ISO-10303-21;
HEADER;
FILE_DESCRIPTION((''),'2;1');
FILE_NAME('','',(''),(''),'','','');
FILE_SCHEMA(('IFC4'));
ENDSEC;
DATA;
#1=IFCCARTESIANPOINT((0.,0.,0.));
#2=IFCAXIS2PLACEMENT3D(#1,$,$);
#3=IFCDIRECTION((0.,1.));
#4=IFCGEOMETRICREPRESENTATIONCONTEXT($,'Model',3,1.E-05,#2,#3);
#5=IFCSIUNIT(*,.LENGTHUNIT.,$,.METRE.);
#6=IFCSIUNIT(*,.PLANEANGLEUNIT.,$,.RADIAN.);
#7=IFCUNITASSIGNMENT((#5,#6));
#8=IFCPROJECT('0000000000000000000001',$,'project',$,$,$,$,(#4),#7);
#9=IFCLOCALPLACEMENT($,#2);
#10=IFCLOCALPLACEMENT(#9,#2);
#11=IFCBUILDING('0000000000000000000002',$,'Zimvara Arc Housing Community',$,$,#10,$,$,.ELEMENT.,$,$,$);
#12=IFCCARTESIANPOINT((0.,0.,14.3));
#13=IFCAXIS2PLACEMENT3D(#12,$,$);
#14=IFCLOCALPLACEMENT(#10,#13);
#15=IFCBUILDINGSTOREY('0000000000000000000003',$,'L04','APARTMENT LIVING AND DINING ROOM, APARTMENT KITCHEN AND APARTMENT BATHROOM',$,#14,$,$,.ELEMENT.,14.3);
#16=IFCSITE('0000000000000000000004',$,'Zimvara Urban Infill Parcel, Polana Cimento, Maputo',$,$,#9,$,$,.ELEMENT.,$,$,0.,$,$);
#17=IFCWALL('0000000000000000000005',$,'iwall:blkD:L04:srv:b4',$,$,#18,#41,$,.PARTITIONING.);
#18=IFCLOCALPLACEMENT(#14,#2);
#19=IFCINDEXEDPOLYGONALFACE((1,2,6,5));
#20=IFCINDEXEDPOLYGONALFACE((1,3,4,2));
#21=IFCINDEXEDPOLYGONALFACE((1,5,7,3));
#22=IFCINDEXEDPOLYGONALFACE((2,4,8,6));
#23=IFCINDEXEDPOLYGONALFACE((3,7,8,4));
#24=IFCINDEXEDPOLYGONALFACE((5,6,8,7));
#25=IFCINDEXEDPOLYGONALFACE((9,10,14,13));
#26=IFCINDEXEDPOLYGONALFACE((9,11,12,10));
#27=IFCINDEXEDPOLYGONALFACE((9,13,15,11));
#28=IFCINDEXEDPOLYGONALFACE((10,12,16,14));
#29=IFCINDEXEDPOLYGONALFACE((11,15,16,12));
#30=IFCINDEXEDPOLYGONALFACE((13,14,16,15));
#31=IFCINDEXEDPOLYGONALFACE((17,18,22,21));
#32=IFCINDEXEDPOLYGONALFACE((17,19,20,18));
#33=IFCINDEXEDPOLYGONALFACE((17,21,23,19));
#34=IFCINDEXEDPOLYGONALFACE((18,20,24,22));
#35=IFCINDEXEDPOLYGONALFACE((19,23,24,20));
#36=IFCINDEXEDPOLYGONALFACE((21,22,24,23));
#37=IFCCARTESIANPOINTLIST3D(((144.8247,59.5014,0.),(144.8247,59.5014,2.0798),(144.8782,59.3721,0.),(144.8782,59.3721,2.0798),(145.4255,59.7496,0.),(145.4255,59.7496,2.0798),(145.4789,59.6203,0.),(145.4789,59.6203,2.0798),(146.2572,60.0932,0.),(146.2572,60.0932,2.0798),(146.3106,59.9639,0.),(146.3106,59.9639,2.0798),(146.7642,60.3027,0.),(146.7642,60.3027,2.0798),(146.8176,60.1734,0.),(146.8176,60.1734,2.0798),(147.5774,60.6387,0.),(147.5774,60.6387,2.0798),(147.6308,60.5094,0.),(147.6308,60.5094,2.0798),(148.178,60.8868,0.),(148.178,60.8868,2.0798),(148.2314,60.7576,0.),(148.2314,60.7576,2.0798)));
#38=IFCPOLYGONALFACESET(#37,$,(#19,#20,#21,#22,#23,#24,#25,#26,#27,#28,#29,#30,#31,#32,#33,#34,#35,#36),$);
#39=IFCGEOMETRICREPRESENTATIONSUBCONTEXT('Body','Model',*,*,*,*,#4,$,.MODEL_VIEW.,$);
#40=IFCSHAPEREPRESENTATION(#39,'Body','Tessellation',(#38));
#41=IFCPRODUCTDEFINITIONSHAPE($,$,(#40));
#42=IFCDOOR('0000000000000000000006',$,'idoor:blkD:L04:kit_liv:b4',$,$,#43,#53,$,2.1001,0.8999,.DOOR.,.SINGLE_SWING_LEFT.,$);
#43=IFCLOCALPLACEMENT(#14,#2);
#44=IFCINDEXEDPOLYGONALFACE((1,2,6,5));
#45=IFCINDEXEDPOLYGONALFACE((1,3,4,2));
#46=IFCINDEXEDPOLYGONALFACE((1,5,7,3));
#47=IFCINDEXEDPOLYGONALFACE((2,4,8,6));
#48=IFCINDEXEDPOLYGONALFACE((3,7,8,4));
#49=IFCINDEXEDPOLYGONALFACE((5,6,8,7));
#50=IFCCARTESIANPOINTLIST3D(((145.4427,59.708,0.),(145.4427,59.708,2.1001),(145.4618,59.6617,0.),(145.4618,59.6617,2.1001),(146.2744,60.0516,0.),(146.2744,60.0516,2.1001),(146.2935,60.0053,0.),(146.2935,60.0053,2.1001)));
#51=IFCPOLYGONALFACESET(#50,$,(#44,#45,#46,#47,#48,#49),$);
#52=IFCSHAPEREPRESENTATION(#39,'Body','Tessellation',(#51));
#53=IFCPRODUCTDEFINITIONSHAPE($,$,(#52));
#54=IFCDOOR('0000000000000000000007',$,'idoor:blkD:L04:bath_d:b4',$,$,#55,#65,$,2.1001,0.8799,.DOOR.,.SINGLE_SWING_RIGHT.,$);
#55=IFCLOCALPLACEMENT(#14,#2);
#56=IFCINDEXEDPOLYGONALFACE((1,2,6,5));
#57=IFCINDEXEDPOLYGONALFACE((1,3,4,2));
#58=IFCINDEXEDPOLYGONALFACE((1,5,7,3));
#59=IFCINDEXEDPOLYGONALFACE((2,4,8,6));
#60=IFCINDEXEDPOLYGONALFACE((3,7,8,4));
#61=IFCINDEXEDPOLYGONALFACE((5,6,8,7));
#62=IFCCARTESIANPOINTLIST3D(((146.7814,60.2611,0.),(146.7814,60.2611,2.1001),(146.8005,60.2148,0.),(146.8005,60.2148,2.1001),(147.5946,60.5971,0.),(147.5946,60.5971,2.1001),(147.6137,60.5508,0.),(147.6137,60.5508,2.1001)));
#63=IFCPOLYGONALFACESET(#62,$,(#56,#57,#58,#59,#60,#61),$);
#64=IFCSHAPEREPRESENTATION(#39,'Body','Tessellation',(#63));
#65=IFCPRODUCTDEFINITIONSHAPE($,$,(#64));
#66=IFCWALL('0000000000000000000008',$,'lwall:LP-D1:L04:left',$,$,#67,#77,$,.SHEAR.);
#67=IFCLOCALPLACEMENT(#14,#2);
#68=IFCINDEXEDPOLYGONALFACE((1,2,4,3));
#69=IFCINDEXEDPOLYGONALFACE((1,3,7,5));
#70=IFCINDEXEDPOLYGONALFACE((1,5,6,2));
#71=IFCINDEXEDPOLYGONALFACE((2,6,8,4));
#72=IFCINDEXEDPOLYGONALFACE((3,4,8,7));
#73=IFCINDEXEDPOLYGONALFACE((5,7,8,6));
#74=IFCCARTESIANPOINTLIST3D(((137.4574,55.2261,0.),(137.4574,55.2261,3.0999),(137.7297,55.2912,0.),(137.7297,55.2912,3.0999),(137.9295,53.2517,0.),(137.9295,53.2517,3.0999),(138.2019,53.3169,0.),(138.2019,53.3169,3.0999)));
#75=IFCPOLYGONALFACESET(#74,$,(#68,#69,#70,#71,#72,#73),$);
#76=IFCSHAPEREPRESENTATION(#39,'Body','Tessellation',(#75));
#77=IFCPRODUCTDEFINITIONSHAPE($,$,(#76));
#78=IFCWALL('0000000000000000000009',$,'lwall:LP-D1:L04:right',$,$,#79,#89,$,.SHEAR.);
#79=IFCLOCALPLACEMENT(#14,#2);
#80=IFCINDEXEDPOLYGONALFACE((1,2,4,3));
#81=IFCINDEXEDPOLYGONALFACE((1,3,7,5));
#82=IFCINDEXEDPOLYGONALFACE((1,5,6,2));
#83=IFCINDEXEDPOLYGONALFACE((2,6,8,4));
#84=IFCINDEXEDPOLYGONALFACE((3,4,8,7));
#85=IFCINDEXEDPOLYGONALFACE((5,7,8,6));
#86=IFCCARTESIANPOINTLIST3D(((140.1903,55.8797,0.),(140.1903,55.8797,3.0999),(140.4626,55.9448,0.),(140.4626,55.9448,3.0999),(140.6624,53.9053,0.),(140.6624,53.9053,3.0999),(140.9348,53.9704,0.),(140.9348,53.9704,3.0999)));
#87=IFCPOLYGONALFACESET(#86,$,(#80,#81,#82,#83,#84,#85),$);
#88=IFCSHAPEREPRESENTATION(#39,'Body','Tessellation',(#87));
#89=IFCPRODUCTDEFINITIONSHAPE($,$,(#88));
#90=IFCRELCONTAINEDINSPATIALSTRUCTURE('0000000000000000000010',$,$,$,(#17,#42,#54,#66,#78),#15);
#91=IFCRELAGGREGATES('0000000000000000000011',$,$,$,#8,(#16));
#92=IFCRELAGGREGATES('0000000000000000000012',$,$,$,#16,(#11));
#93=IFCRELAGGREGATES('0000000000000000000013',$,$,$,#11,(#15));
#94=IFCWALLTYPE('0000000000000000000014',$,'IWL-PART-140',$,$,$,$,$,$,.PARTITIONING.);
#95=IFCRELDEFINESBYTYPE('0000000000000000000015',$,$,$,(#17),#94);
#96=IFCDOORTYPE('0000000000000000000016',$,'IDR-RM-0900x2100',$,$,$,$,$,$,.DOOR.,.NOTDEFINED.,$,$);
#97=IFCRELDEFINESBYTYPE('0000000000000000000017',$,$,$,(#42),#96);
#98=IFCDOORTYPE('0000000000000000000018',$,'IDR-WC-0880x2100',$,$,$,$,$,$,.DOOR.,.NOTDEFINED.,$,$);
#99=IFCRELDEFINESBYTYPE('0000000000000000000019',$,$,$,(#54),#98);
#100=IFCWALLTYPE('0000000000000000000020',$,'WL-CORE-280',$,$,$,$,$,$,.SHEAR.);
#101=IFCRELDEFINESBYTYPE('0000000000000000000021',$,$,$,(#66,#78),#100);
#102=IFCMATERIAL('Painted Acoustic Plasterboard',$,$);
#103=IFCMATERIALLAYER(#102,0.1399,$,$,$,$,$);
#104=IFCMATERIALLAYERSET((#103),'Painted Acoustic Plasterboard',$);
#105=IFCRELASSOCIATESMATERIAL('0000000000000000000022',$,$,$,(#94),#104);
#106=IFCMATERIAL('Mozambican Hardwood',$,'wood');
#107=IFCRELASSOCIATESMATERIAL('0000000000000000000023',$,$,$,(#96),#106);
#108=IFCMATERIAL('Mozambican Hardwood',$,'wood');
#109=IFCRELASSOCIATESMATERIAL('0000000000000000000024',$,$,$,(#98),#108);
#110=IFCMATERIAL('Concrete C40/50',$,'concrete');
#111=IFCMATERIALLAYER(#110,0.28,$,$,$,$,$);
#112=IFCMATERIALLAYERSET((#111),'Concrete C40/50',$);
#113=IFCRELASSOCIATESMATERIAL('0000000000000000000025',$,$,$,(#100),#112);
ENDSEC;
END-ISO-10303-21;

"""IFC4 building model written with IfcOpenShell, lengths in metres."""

from ifc_helpers import new_model, si_unit, direction, frame, frame_2d, origin, place, context, subcontext, project, spatial, rectangle, extrude, material, layer, layer_set, type_object, element, fill, save


model = new_model("IFC4")

# Units and contexts
model_context = context("Model", 3, precision=1e-05, world=origin(), true_north=direction((0.0, 1.0)))
body_context = subcontext(model_context, "Body", "Model", "MODEL_VIEW")
ifc_project = project(units=[si_unit("LENGTHUNIT", "METRE"), si_unit("PLANEANGLEUNIT", "RADIAN")], contexts=[model_context])

# Site, building, storey
site_placement = place(None, origin())
site = spatial("IfcSite", under=ifc_project, at=site_placement, Name="Zimvara Urban Infill Parcel, Polana Cimento, Maputo", CompositionType="ELEMENT", RefElevation=0.0)
building_placement = place(site_placement, origin())
building = spatial("IfcBuilding", under=site, at=building_placement, Name="Zimvara Arc Housing Community", CompositionType="ELEMENT")
storey_placement = place(building_placement, frame((0.0, 0.0, 14.3)))
storey = spatial("IfcBuildingStorey", under=building, at=storey_placement, Name="L04", Description="APARTMENT LIVING AND DINING ROOM, APARTMENT KITCHEN AND APARTMENT BATHROOM", CompositionType="ELEMENT", Elevation=14.3)

# Wall, openings, doors
ifc_material_1 = material(Name="Painted Acoustic Plasterboard")
ifc_layer_1 = layer(ifc_material_1, 0.1399)
ifc_layer_set_1 = layer_set([ifc_layer_1], Name="Painted Acoustic Plasterboard")
wall_type_1 = type_object("IfcWallType", Name="IWL-PART-140", PredefinedType="PARTITIONING", material=ifc_layer_set_1)
wall_1_placement = place(storey_placement, frame((144.8516, 59.4368, 0.0), z_axis=(0.0, 0.0, 1.0), x_axis=(0.924218, 0.381866, 0.0)))
wall_1 = element("IfcWall", 1, at=wall_1_placement, inside=storey, type_object=wall_type_1, Name="iwall:blkD:L04:srv:b4", PredefinedType="PARTITIONING", context=body_context, shape_type="SweptSolid", body=[
    extrude(rectangle(XDim=3.6282, YDim=0.1399, at=frame_2d((1.814, 0.0))), origin(), (0.0, 0.0, 1.0), 2.0798),
])
opening_1_placement = place(wall_1_placement, frame((0.6499, 0.0, 0.0)))
opening_1 = element("IfcOpeningElement", 2, at=opening_1_placement, cuts=wall_1, PredefinedType="OPENING", context=body_context, shape_type="SweptSolid", body=[
    extrude(rectangle(XDim=0.8999, YDim=2.1001, at=frame_2d((0.45, 1.05))), frame((0.0, 0.0798, 0.0), z_axis=(0.0, -1.0, 0.0), x_axis=(1.0, 0.0, 0.0)), (0.0, 0.0, 1.0), 0.1599),
])
opening_2_placement = place(wall_1_placement, frame((2.0984, 0.0, 0.0)))
opening_2 = element("IfcOpeningElement", 3, at=opening_2_placement, cuts=wall_1, PredefinedType="OPENING", context=body_context, shape_type="SweptSolid", body=[
    extrude(rectangle(XDim=0.8799, YDim=2.1001, at=frame_2d((0.4399, 1.05))), frame((0.0, 0.0798, 0.0), z_axis=(0.0, -1.0, 0.0), x_axis=(1.0, 0.0, 0.0)), (0.0, 0.0, 1.0), 0.1599),
])
ifc_material_2 = material(Name="Mozambican Hardwood", Category="wood")
door_type_1 = type_object("IfcDoorType", Name="IDR-RM-0900x2100", OperationType="NOTDEFINED", PredefinedType="DOOR", material=ifc_material_2)
door_1_placement = place(opening_1_placement, origin())
door_1 = element("IfcDoor", 4, at=door_1_placement, inside=storey, type_object=door_type_1, Name="idoor:blkD:L04:kit_liv:b4", OperationType="SINGLE_SWING_LEFT", OverallHeight=2.1001, OverallWidth=0.8999, PredefinedType="DOOR", context=body_context, shape_type="SweptSolid", body=[
    extrude(rectangle(XDim=0.8999, YDim=2.1001, at=frame_2d((0.45, 1.05))), frame((0.0, 0.0249, 0.0), z_axis=(0.0, -1.0, 0.0), x_axis=(1.0, 0.0, 0.0)), (0.0, 0.0, 1.0), 0.05),
])
fill(opening_1, door_1)
ifc_material_3 = material(Name="Mozambican Hardwood", Category="wood")
door_type_2 = type_object("IfcDoorType", Name="IDR-WC-0880x2100", OperationType="NOTDEFINED", PredefinedType="DOOR", material=ifc_material_3)
door_2_placement = place(opening_2_placement, origin())
door_2 = element("IfcDoor", 5, at=door_2_placement, inside=storey, type_object=door_type_2, Name="idoor:blkD:L04:bath_d:b4", OperationType="SINGLE_SWING_RIGHT", OverallHeight=2.1001, OverallWidth=0.8799, PredefinedType="DOOR", context=body_context, shape_type="SweptSolid", body=[
    extrude(rectangle(XDim=0.8799, YDim=2.1001, at=frame_2d((0.4399, 1.05))), frame((0.0, 0.0249, 0.0), z_axis=(0.0, -1.0, 0.0), x_axis=(1.0, 0.0, 0.0)), (0.0, 0.0, 1.0), 0.05),
])
fill(opening_2, door_2)

# Shared definitions
ifc_material_4 = material(Name="Concrete C40/50", Category="concrete")
ifc_layer_2 = layer(ifc_material_4, 0.28)
ifc_layer_set_2 = layer_set([ifc_layer_2], Name="Concrete C40/50")
wall_type_2 = type_object("IfcWallType", Name="WL-CORE-280", PredefinedType="SHEAR", material=ifc_layer_set_2)

# Walls
for number, where, z_axis, x_axis, name in (
    (6, (137.5935, 55.2588, 0.0), (0.0, 0.0, 1.0), (0.232591, -0.972575, 0.0), "lwall:LP-D1:L04:left"),
    (7, (140.3264, 55.9124, 0.0), (0.0, 0.0, 1.0), (0.232591, -0.972575, 0.0), "lwall:LP-D1:L04:right"),
):
    element("IfcWall", number, at=place(storey_placement, frame(where, z_axis=z_axis, x_axis=x_axis)), inside=storey, type_object=wall_type_2, Name=name, PredefinedType="SHEAR", context=body_context, shape_type="SweptSolid", body=[
        extrude(rectangle(XDim=2.03, YDim=0.28, at=frame_2d((1.0151, 0.0))), origin(), (0.0, 0.0, 1.0), 3.0999),
    ])

save(model, "model.ifc")
